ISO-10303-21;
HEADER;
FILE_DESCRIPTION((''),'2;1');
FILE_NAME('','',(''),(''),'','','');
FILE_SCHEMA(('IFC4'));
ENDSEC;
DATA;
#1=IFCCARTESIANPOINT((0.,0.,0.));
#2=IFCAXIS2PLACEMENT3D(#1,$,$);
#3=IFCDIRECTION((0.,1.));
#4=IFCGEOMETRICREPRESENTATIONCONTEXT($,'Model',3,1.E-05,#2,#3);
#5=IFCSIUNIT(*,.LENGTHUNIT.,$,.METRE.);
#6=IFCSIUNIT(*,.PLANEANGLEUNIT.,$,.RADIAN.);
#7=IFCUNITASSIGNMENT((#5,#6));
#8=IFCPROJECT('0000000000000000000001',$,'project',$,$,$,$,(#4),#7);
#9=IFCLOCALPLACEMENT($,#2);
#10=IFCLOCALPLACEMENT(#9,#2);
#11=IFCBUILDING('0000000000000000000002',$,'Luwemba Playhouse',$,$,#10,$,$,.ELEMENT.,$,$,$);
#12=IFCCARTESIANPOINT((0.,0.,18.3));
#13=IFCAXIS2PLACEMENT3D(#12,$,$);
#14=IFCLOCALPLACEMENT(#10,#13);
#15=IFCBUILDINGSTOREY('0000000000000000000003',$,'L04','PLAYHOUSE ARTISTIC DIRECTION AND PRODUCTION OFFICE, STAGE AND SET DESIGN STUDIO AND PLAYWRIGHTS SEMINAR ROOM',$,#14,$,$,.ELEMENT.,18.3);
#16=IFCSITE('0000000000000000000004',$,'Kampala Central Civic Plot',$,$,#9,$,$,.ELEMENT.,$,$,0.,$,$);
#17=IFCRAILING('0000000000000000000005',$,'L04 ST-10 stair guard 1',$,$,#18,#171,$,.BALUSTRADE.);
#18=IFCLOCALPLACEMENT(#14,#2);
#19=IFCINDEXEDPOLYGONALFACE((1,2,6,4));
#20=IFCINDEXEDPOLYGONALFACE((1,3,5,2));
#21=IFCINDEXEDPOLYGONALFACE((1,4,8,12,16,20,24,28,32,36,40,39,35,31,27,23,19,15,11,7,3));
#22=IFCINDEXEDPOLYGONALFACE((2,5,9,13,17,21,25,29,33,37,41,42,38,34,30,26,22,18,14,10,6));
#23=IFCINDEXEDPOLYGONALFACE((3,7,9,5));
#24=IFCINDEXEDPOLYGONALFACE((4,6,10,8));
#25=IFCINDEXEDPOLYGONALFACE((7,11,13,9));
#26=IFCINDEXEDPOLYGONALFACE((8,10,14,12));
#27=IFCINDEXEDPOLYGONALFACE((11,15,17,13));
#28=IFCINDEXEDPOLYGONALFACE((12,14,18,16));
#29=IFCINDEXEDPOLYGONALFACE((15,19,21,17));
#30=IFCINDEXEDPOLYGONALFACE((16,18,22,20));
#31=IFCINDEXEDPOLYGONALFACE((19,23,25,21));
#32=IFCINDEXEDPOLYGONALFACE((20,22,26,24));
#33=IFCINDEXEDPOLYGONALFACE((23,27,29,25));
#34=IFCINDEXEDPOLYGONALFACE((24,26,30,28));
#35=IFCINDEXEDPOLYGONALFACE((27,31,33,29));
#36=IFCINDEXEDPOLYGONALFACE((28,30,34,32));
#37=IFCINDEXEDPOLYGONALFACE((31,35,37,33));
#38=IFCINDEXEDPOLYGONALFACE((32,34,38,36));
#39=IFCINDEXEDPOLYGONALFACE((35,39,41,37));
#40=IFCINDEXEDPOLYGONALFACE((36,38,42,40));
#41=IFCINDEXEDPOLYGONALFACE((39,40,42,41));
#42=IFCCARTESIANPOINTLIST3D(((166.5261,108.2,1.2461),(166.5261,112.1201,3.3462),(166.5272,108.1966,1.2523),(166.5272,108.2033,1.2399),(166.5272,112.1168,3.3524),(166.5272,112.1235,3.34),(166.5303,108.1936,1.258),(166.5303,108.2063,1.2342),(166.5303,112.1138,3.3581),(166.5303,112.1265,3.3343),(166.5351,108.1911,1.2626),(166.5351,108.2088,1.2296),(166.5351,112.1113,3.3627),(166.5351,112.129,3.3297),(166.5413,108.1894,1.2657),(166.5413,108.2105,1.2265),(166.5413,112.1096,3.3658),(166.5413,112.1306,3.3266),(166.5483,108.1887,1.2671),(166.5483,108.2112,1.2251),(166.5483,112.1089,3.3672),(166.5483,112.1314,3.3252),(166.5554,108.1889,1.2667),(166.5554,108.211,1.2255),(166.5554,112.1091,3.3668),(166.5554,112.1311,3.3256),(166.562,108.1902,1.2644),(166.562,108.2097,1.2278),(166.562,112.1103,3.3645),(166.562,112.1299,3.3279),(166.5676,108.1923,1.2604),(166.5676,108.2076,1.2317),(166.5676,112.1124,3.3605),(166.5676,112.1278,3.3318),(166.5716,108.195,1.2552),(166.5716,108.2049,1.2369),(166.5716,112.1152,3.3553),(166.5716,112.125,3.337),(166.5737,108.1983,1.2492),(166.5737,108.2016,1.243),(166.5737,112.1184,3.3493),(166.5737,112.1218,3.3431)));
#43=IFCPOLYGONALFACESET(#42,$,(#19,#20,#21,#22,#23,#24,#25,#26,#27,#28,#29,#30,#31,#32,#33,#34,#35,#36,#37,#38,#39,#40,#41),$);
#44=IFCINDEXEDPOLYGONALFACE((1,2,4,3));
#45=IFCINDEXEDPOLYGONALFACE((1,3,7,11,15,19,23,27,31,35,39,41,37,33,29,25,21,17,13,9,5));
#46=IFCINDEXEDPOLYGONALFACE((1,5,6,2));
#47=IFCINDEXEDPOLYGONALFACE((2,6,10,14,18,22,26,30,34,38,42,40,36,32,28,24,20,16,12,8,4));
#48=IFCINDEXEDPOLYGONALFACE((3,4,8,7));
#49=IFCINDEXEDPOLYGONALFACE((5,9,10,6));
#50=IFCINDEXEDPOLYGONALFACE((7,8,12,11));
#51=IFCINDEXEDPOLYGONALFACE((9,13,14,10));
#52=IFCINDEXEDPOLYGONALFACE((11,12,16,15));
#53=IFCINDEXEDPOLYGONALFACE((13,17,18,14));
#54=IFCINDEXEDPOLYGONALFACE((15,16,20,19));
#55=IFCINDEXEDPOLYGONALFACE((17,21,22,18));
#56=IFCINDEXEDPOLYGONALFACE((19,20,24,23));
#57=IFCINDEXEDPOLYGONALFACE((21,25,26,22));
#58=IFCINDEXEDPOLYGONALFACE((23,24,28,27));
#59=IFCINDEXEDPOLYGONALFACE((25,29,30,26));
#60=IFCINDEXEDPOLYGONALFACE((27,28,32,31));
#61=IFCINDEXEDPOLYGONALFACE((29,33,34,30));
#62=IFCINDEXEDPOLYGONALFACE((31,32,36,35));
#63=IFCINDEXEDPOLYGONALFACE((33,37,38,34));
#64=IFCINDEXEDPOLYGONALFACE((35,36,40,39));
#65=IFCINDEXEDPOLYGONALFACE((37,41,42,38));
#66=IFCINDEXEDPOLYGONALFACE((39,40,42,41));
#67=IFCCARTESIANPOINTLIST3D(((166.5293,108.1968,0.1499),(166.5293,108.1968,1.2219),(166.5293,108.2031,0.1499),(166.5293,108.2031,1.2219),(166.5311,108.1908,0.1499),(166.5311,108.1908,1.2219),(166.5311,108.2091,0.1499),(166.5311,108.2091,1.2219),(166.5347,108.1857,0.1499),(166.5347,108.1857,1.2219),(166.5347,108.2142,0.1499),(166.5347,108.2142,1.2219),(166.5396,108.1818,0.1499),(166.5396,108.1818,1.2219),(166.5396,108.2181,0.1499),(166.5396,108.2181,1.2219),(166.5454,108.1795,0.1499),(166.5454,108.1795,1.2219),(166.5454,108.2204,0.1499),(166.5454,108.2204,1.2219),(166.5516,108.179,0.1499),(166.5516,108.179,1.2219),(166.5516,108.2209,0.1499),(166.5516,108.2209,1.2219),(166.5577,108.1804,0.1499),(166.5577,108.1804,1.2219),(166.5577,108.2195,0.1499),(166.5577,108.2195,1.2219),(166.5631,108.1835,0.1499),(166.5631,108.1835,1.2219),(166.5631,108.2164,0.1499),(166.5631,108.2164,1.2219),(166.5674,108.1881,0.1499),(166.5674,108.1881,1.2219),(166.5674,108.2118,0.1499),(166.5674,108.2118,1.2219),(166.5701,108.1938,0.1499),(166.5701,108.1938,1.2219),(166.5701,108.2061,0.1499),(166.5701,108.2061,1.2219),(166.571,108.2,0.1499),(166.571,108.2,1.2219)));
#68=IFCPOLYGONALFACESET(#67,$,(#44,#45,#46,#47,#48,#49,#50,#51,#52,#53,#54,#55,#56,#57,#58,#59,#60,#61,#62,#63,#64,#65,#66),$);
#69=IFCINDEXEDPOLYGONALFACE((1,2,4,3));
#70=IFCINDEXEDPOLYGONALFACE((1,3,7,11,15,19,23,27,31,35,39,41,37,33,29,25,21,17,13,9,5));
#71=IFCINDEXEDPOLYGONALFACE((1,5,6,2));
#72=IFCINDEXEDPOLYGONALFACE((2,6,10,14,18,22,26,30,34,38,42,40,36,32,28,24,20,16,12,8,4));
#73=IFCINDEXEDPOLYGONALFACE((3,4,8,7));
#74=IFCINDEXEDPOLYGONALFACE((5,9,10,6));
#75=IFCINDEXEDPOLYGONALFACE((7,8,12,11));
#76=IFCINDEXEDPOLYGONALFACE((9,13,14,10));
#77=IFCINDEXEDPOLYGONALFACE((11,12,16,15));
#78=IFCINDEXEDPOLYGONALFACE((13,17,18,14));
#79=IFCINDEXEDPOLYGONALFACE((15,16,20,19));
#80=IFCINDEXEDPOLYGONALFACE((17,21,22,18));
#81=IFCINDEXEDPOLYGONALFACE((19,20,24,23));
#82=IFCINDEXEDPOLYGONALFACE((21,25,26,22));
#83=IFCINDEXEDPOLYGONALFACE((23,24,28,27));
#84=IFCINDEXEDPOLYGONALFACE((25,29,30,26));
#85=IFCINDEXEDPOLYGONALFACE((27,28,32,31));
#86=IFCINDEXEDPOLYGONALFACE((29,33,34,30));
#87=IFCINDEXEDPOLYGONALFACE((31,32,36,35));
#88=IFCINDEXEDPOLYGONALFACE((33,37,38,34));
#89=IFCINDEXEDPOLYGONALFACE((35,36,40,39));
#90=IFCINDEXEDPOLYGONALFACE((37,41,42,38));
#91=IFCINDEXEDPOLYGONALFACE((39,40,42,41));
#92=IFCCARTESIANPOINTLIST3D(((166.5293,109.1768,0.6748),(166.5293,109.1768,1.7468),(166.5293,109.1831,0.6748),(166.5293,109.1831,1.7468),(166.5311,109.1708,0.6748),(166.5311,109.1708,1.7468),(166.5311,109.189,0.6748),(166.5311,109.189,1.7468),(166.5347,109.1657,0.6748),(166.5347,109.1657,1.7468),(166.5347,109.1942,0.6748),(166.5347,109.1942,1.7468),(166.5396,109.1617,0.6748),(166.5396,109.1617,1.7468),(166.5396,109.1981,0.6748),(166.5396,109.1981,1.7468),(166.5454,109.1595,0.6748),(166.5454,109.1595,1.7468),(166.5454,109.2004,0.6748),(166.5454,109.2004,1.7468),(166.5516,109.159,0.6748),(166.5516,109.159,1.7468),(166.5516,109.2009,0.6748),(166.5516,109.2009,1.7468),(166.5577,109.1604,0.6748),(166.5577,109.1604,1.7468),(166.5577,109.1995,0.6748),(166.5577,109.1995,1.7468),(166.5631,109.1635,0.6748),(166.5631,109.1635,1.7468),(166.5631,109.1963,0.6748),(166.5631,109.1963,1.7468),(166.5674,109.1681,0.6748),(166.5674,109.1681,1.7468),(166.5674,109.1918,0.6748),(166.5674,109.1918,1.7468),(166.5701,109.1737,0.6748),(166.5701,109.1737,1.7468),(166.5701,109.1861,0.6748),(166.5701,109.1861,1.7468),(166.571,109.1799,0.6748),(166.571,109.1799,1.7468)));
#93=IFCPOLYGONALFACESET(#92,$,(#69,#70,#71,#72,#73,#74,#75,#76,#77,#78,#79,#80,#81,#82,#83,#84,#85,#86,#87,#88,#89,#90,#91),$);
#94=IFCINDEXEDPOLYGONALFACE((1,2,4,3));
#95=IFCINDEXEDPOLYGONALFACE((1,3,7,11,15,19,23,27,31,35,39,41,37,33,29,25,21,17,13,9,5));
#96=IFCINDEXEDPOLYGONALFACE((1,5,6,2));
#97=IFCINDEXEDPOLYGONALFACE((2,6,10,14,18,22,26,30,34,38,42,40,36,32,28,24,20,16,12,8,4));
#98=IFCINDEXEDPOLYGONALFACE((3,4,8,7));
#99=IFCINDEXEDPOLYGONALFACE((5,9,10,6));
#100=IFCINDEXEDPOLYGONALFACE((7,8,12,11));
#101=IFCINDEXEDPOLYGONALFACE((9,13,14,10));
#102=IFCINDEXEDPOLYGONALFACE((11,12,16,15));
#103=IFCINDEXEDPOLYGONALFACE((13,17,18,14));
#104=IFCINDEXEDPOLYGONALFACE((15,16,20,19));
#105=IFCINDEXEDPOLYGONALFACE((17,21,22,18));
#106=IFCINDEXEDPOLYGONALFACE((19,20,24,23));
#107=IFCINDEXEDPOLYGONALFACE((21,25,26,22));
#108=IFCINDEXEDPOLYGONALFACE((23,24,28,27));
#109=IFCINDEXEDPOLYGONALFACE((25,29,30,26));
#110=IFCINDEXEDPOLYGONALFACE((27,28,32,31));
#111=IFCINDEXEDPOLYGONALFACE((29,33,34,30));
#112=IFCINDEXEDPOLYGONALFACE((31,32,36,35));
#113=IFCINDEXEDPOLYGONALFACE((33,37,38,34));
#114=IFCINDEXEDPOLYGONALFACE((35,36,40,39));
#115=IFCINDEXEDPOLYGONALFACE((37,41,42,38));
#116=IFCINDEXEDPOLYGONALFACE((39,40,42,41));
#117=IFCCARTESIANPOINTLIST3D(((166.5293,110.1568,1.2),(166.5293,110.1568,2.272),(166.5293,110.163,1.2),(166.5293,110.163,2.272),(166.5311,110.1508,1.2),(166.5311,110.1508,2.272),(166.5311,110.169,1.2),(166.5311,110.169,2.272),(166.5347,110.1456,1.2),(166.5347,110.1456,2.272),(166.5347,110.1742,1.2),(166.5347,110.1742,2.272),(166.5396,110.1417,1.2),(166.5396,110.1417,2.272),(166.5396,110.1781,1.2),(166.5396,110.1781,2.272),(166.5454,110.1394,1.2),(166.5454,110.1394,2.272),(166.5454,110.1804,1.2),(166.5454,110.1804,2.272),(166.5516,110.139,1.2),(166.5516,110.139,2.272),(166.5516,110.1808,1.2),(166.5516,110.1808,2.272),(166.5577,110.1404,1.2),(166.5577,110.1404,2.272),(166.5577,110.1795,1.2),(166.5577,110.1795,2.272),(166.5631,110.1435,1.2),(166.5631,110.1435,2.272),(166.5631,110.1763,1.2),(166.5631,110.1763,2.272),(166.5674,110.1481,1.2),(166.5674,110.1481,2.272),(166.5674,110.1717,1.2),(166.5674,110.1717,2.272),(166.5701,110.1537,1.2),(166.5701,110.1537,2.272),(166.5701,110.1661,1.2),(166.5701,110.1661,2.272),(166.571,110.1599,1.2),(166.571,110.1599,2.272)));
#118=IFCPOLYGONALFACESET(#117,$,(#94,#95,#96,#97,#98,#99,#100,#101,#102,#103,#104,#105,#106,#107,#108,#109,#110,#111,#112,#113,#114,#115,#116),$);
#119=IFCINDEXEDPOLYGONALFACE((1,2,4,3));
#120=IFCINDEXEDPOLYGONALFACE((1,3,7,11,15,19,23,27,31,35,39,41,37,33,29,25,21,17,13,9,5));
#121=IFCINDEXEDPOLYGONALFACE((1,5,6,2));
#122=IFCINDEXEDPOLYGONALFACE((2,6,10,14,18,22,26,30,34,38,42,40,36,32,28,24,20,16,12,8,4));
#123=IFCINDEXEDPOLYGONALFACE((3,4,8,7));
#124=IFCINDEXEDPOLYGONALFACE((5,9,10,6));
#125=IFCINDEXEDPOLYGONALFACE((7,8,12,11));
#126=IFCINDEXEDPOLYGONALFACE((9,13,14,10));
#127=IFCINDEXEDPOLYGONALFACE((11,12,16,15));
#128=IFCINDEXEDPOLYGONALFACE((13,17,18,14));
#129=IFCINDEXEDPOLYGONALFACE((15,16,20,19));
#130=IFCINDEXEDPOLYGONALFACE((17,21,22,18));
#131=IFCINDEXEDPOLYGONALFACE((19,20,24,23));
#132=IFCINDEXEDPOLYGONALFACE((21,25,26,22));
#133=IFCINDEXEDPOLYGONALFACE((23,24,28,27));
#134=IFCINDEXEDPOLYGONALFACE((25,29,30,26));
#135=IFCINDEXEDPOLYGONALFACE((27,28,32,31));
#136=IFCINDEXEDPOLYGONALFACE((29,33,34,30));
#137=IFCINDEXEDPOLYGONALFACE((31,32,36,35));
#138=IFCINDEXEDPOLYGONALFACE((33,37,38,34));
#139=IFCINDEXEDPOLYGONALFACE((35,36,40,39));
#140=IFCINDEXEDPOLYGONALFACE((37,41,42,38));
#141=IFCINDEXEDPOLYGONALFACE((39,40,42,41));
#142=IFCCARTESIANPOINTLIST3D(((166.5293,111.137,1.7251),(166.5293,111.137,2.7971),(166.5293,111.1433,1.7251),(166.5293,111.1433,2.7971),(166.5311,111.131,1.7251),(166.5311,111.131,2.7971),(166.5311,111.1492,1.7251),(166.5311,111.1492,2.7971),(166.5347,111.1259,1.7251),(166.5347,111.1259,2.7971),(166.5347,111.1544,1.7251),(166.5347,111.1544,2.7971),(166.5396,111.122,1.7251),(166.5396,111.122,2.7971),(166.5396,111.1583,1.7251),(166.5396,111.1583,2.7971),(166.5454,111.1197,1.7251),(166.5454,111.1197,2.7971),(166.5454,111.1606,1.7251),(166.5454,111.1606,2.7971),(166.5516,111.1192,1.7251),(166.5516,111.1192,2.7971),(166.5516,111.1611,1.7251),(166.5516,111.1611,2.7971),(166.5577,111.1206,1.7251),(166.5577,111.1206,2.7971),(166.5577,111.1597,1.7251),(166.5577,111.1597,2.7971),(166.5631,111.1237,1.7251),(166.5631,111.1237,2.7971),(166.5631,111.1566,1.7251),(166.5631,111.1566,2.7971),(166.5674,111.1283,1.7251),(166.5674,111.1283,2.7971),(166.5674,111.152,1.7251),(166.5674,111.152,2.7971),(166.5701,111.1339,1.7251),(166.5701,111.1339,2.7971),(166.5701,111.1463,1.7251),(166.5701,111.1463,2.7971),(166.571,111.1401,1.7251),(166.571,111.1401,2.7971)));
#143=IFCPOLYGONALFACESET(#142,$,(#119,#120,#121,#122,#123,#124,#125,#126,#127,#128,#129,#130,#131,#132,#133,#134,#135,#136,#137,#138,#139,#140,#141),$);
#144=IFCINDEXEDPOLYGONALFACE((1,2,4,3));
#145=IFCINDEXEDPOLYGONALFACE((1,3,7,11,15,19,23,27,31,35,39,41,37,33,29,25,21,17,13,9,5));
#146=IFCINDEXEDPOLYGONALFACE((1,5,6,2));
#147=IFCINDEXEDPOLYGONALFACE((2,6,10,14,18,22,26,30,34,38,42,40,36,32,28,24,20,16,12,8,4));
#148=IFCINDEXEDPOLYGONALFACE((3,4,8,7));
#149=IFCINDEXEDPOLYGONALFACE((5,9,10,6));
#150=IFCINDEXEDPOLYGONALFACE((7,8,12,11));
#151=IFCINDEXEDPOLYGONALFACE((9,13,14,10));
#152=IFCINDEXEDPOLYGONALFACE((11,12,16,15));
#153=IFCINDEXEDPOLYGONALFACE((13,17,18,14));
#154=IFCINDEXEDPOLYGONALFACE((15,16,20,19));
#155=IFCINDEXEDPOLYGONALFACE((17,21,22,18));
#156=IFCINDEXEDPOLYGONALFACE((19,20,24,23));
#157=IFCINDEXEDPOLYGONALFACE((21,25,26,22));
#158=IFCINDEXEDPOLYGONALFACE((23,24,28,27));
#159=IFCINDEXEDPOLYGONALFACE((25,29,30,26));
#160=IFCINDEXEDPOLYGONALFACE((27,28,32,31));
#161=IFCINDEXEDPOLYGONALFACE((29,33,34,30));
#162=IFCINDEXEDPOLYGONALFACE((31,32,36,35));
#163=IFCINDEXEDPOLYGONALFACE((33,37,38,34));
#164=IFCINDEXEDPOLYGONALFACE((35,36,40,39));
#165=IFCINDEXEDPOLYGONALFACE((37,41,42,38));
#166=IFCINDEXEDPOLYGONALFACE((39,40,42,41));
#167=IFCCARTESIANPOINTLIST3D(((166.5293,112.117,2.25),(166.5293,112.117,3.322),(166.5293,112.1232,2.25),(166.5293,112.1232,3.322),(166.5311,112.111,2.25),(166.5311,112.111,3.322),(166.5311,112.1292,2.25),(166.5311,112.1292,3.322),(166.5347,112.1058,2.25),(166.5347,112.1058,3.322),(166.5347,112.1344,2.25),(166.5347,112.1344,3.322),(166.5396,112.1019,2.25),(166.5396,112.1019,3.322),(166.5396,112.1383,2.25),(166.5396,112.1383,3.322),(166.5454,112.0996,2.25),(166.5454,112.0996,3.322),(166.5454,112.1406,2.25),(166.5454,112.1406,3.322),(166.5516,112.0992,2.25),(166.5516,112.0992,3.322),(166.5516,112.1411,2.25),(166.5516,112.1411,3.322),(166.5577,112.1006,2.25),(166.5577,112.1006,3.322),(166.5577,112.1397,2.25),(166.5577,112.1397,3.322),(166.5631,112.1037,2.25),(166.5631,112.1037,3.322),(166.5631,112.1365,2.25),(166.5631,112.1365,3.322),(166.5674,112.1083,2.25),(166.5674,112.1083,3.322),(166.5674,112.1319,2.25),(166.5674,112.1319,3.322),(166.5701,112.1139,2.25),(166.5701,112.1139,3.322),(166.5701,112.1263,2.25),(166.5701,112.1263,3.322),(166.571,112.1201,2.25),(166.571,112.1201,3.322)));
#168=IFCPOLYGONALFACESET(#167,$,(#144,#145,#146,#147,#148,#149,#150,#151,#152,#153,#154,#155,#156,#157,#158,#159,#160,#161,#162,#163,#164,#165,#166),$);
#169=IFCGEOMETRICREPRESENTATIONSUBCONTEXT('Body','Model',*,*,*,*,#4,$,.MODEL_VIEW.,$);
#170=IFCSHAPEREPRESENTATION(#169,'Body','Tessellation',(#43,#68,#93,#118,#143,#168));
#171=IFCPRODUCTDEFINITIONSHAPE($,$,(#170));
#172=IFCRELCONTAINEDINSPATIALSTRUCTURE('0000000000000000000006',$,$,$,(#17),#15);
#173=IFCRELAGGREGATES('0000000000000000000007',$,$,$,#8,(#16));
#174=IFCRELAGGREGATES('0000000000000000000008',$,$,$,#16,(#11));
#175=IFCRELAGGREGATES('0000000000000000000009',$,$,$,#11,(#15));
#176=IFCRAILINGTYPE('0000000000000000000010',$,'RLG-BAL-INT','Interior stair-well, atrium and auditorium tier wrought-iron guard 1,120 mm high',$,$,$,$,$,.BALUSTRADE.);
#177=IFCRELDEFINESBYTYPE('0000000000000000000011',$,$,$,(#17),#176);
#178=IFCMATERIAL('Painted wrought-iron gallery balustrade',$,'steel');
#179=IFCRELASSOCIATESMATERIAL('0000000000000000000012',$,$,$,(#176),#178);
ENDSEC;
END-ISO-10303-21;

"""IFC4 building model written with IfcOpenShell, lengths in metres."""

from ifc_helpers import new_model, si_unit, direction, frame, origin, origin_2d, place, context, subcontext, project, spatial, circle, extrude, material, type_object, element, save


model = new_model("IFC4")

# Units and contexts
model_context = context("Model", 3, precision=1e-05, world=origin(), true_north=direction((0.0, 1.0)))
body_context = subcontext(model_context, "Body", "Model", "MODEL_VIEW")
ifc_project = project(units=[si_unit("LENGTHUNIT", "METRE"), si_unit("PLANEANGLEUNIT", "RADIAN")], contexts=[model_context])

# Site, building, storey
site_placement = place(None, origin())
site = spatial("IfcSite", under=ifc_project, at=site_placement, Name="Kampala Central Civic Plot", CompositionType="ELEMENT", RefElevation=0.0)
building_placement = place(site_placement, origin())
building = spatial("IfcBuilding", under=site, at=building_placement, Name="Luwemba Playhouse", CompositionType="ELEMENT")
storey_placement = place(building_placement, frame((0.0, 0.0, 18.3)))
storey = spatial("IfcBuildingStorey", under=building, at=storey_placement, Name="L04", Description="PLAYHOUSE ARTISTIC DIRECTION AND PRODUCTION OFFICE, STAGE AND SET DESIGN STUDIO AND PLAYWRIGHTS SEMINAR ROOM", CompositionType="ELEMENT", Elevation=18.3)

# Railing
ifc_material_1 = material(Name="Painted wrought-iron gallery balustrade", Category="steel")
railing_type_1 = type_object("IfcRailingType", Name="RLG-BAL-INT", Description="Interior stair-well, atrium and auditorium tier wrought-iron guard 1,120 mm high", PredefinedType="BALUSTRADE", material=ifc_material_1)
railing_1_placement = place(storey_placement, frame((166.55, 108.2, 0.1499)))
element("IfcRailing", 1, at=railing_1_placement, inside=storey, type_object=railing_type_1, Name="L04 ST-10 stair guard 1", PredefinedType="BALUSTRADE", context=body_context, shape_type="SweptSolid", body=[
    extrude(circle(Radius=0.0239, at=origin_2d()), frame((0.0, 0.0, 1.0962), z_axis=(0.0, 0.881479, 0.472223), x_axis=(-1.0, 0.0, 0.0)), (0.0, 0.0, 1.0), 4.4473),
    extrude(circle(Radius=0.021, at=origin_2d()), origin(), (0.0, 0.0, 1.0), 1.072),
    extrude(circle(Radius=0.021, at=origin_2d()), frame((0.0, 0.98, 0.5249)), (0.0, 0.0, 1.0), 1.072),
    extrude(circle(Radius=0.021, at=origin_2d()), frame((0.0, 1.96, 1.05)), (0.0, 0.0, 1.0), 1.072),
    extrude(circle(Radius=0.021, at=origin_2d()), frame((0.0, 2.9402, 1.5752)), (0.0, 0.0, 1.0), 1.072),
    extrude(circle(Radius=0.021, at=origin_2d()), frame((0.0, 3.9202, 2.1001)), (0.0, 0.0, 1.0), 1.072),
])

save(model, "model.ifc")
